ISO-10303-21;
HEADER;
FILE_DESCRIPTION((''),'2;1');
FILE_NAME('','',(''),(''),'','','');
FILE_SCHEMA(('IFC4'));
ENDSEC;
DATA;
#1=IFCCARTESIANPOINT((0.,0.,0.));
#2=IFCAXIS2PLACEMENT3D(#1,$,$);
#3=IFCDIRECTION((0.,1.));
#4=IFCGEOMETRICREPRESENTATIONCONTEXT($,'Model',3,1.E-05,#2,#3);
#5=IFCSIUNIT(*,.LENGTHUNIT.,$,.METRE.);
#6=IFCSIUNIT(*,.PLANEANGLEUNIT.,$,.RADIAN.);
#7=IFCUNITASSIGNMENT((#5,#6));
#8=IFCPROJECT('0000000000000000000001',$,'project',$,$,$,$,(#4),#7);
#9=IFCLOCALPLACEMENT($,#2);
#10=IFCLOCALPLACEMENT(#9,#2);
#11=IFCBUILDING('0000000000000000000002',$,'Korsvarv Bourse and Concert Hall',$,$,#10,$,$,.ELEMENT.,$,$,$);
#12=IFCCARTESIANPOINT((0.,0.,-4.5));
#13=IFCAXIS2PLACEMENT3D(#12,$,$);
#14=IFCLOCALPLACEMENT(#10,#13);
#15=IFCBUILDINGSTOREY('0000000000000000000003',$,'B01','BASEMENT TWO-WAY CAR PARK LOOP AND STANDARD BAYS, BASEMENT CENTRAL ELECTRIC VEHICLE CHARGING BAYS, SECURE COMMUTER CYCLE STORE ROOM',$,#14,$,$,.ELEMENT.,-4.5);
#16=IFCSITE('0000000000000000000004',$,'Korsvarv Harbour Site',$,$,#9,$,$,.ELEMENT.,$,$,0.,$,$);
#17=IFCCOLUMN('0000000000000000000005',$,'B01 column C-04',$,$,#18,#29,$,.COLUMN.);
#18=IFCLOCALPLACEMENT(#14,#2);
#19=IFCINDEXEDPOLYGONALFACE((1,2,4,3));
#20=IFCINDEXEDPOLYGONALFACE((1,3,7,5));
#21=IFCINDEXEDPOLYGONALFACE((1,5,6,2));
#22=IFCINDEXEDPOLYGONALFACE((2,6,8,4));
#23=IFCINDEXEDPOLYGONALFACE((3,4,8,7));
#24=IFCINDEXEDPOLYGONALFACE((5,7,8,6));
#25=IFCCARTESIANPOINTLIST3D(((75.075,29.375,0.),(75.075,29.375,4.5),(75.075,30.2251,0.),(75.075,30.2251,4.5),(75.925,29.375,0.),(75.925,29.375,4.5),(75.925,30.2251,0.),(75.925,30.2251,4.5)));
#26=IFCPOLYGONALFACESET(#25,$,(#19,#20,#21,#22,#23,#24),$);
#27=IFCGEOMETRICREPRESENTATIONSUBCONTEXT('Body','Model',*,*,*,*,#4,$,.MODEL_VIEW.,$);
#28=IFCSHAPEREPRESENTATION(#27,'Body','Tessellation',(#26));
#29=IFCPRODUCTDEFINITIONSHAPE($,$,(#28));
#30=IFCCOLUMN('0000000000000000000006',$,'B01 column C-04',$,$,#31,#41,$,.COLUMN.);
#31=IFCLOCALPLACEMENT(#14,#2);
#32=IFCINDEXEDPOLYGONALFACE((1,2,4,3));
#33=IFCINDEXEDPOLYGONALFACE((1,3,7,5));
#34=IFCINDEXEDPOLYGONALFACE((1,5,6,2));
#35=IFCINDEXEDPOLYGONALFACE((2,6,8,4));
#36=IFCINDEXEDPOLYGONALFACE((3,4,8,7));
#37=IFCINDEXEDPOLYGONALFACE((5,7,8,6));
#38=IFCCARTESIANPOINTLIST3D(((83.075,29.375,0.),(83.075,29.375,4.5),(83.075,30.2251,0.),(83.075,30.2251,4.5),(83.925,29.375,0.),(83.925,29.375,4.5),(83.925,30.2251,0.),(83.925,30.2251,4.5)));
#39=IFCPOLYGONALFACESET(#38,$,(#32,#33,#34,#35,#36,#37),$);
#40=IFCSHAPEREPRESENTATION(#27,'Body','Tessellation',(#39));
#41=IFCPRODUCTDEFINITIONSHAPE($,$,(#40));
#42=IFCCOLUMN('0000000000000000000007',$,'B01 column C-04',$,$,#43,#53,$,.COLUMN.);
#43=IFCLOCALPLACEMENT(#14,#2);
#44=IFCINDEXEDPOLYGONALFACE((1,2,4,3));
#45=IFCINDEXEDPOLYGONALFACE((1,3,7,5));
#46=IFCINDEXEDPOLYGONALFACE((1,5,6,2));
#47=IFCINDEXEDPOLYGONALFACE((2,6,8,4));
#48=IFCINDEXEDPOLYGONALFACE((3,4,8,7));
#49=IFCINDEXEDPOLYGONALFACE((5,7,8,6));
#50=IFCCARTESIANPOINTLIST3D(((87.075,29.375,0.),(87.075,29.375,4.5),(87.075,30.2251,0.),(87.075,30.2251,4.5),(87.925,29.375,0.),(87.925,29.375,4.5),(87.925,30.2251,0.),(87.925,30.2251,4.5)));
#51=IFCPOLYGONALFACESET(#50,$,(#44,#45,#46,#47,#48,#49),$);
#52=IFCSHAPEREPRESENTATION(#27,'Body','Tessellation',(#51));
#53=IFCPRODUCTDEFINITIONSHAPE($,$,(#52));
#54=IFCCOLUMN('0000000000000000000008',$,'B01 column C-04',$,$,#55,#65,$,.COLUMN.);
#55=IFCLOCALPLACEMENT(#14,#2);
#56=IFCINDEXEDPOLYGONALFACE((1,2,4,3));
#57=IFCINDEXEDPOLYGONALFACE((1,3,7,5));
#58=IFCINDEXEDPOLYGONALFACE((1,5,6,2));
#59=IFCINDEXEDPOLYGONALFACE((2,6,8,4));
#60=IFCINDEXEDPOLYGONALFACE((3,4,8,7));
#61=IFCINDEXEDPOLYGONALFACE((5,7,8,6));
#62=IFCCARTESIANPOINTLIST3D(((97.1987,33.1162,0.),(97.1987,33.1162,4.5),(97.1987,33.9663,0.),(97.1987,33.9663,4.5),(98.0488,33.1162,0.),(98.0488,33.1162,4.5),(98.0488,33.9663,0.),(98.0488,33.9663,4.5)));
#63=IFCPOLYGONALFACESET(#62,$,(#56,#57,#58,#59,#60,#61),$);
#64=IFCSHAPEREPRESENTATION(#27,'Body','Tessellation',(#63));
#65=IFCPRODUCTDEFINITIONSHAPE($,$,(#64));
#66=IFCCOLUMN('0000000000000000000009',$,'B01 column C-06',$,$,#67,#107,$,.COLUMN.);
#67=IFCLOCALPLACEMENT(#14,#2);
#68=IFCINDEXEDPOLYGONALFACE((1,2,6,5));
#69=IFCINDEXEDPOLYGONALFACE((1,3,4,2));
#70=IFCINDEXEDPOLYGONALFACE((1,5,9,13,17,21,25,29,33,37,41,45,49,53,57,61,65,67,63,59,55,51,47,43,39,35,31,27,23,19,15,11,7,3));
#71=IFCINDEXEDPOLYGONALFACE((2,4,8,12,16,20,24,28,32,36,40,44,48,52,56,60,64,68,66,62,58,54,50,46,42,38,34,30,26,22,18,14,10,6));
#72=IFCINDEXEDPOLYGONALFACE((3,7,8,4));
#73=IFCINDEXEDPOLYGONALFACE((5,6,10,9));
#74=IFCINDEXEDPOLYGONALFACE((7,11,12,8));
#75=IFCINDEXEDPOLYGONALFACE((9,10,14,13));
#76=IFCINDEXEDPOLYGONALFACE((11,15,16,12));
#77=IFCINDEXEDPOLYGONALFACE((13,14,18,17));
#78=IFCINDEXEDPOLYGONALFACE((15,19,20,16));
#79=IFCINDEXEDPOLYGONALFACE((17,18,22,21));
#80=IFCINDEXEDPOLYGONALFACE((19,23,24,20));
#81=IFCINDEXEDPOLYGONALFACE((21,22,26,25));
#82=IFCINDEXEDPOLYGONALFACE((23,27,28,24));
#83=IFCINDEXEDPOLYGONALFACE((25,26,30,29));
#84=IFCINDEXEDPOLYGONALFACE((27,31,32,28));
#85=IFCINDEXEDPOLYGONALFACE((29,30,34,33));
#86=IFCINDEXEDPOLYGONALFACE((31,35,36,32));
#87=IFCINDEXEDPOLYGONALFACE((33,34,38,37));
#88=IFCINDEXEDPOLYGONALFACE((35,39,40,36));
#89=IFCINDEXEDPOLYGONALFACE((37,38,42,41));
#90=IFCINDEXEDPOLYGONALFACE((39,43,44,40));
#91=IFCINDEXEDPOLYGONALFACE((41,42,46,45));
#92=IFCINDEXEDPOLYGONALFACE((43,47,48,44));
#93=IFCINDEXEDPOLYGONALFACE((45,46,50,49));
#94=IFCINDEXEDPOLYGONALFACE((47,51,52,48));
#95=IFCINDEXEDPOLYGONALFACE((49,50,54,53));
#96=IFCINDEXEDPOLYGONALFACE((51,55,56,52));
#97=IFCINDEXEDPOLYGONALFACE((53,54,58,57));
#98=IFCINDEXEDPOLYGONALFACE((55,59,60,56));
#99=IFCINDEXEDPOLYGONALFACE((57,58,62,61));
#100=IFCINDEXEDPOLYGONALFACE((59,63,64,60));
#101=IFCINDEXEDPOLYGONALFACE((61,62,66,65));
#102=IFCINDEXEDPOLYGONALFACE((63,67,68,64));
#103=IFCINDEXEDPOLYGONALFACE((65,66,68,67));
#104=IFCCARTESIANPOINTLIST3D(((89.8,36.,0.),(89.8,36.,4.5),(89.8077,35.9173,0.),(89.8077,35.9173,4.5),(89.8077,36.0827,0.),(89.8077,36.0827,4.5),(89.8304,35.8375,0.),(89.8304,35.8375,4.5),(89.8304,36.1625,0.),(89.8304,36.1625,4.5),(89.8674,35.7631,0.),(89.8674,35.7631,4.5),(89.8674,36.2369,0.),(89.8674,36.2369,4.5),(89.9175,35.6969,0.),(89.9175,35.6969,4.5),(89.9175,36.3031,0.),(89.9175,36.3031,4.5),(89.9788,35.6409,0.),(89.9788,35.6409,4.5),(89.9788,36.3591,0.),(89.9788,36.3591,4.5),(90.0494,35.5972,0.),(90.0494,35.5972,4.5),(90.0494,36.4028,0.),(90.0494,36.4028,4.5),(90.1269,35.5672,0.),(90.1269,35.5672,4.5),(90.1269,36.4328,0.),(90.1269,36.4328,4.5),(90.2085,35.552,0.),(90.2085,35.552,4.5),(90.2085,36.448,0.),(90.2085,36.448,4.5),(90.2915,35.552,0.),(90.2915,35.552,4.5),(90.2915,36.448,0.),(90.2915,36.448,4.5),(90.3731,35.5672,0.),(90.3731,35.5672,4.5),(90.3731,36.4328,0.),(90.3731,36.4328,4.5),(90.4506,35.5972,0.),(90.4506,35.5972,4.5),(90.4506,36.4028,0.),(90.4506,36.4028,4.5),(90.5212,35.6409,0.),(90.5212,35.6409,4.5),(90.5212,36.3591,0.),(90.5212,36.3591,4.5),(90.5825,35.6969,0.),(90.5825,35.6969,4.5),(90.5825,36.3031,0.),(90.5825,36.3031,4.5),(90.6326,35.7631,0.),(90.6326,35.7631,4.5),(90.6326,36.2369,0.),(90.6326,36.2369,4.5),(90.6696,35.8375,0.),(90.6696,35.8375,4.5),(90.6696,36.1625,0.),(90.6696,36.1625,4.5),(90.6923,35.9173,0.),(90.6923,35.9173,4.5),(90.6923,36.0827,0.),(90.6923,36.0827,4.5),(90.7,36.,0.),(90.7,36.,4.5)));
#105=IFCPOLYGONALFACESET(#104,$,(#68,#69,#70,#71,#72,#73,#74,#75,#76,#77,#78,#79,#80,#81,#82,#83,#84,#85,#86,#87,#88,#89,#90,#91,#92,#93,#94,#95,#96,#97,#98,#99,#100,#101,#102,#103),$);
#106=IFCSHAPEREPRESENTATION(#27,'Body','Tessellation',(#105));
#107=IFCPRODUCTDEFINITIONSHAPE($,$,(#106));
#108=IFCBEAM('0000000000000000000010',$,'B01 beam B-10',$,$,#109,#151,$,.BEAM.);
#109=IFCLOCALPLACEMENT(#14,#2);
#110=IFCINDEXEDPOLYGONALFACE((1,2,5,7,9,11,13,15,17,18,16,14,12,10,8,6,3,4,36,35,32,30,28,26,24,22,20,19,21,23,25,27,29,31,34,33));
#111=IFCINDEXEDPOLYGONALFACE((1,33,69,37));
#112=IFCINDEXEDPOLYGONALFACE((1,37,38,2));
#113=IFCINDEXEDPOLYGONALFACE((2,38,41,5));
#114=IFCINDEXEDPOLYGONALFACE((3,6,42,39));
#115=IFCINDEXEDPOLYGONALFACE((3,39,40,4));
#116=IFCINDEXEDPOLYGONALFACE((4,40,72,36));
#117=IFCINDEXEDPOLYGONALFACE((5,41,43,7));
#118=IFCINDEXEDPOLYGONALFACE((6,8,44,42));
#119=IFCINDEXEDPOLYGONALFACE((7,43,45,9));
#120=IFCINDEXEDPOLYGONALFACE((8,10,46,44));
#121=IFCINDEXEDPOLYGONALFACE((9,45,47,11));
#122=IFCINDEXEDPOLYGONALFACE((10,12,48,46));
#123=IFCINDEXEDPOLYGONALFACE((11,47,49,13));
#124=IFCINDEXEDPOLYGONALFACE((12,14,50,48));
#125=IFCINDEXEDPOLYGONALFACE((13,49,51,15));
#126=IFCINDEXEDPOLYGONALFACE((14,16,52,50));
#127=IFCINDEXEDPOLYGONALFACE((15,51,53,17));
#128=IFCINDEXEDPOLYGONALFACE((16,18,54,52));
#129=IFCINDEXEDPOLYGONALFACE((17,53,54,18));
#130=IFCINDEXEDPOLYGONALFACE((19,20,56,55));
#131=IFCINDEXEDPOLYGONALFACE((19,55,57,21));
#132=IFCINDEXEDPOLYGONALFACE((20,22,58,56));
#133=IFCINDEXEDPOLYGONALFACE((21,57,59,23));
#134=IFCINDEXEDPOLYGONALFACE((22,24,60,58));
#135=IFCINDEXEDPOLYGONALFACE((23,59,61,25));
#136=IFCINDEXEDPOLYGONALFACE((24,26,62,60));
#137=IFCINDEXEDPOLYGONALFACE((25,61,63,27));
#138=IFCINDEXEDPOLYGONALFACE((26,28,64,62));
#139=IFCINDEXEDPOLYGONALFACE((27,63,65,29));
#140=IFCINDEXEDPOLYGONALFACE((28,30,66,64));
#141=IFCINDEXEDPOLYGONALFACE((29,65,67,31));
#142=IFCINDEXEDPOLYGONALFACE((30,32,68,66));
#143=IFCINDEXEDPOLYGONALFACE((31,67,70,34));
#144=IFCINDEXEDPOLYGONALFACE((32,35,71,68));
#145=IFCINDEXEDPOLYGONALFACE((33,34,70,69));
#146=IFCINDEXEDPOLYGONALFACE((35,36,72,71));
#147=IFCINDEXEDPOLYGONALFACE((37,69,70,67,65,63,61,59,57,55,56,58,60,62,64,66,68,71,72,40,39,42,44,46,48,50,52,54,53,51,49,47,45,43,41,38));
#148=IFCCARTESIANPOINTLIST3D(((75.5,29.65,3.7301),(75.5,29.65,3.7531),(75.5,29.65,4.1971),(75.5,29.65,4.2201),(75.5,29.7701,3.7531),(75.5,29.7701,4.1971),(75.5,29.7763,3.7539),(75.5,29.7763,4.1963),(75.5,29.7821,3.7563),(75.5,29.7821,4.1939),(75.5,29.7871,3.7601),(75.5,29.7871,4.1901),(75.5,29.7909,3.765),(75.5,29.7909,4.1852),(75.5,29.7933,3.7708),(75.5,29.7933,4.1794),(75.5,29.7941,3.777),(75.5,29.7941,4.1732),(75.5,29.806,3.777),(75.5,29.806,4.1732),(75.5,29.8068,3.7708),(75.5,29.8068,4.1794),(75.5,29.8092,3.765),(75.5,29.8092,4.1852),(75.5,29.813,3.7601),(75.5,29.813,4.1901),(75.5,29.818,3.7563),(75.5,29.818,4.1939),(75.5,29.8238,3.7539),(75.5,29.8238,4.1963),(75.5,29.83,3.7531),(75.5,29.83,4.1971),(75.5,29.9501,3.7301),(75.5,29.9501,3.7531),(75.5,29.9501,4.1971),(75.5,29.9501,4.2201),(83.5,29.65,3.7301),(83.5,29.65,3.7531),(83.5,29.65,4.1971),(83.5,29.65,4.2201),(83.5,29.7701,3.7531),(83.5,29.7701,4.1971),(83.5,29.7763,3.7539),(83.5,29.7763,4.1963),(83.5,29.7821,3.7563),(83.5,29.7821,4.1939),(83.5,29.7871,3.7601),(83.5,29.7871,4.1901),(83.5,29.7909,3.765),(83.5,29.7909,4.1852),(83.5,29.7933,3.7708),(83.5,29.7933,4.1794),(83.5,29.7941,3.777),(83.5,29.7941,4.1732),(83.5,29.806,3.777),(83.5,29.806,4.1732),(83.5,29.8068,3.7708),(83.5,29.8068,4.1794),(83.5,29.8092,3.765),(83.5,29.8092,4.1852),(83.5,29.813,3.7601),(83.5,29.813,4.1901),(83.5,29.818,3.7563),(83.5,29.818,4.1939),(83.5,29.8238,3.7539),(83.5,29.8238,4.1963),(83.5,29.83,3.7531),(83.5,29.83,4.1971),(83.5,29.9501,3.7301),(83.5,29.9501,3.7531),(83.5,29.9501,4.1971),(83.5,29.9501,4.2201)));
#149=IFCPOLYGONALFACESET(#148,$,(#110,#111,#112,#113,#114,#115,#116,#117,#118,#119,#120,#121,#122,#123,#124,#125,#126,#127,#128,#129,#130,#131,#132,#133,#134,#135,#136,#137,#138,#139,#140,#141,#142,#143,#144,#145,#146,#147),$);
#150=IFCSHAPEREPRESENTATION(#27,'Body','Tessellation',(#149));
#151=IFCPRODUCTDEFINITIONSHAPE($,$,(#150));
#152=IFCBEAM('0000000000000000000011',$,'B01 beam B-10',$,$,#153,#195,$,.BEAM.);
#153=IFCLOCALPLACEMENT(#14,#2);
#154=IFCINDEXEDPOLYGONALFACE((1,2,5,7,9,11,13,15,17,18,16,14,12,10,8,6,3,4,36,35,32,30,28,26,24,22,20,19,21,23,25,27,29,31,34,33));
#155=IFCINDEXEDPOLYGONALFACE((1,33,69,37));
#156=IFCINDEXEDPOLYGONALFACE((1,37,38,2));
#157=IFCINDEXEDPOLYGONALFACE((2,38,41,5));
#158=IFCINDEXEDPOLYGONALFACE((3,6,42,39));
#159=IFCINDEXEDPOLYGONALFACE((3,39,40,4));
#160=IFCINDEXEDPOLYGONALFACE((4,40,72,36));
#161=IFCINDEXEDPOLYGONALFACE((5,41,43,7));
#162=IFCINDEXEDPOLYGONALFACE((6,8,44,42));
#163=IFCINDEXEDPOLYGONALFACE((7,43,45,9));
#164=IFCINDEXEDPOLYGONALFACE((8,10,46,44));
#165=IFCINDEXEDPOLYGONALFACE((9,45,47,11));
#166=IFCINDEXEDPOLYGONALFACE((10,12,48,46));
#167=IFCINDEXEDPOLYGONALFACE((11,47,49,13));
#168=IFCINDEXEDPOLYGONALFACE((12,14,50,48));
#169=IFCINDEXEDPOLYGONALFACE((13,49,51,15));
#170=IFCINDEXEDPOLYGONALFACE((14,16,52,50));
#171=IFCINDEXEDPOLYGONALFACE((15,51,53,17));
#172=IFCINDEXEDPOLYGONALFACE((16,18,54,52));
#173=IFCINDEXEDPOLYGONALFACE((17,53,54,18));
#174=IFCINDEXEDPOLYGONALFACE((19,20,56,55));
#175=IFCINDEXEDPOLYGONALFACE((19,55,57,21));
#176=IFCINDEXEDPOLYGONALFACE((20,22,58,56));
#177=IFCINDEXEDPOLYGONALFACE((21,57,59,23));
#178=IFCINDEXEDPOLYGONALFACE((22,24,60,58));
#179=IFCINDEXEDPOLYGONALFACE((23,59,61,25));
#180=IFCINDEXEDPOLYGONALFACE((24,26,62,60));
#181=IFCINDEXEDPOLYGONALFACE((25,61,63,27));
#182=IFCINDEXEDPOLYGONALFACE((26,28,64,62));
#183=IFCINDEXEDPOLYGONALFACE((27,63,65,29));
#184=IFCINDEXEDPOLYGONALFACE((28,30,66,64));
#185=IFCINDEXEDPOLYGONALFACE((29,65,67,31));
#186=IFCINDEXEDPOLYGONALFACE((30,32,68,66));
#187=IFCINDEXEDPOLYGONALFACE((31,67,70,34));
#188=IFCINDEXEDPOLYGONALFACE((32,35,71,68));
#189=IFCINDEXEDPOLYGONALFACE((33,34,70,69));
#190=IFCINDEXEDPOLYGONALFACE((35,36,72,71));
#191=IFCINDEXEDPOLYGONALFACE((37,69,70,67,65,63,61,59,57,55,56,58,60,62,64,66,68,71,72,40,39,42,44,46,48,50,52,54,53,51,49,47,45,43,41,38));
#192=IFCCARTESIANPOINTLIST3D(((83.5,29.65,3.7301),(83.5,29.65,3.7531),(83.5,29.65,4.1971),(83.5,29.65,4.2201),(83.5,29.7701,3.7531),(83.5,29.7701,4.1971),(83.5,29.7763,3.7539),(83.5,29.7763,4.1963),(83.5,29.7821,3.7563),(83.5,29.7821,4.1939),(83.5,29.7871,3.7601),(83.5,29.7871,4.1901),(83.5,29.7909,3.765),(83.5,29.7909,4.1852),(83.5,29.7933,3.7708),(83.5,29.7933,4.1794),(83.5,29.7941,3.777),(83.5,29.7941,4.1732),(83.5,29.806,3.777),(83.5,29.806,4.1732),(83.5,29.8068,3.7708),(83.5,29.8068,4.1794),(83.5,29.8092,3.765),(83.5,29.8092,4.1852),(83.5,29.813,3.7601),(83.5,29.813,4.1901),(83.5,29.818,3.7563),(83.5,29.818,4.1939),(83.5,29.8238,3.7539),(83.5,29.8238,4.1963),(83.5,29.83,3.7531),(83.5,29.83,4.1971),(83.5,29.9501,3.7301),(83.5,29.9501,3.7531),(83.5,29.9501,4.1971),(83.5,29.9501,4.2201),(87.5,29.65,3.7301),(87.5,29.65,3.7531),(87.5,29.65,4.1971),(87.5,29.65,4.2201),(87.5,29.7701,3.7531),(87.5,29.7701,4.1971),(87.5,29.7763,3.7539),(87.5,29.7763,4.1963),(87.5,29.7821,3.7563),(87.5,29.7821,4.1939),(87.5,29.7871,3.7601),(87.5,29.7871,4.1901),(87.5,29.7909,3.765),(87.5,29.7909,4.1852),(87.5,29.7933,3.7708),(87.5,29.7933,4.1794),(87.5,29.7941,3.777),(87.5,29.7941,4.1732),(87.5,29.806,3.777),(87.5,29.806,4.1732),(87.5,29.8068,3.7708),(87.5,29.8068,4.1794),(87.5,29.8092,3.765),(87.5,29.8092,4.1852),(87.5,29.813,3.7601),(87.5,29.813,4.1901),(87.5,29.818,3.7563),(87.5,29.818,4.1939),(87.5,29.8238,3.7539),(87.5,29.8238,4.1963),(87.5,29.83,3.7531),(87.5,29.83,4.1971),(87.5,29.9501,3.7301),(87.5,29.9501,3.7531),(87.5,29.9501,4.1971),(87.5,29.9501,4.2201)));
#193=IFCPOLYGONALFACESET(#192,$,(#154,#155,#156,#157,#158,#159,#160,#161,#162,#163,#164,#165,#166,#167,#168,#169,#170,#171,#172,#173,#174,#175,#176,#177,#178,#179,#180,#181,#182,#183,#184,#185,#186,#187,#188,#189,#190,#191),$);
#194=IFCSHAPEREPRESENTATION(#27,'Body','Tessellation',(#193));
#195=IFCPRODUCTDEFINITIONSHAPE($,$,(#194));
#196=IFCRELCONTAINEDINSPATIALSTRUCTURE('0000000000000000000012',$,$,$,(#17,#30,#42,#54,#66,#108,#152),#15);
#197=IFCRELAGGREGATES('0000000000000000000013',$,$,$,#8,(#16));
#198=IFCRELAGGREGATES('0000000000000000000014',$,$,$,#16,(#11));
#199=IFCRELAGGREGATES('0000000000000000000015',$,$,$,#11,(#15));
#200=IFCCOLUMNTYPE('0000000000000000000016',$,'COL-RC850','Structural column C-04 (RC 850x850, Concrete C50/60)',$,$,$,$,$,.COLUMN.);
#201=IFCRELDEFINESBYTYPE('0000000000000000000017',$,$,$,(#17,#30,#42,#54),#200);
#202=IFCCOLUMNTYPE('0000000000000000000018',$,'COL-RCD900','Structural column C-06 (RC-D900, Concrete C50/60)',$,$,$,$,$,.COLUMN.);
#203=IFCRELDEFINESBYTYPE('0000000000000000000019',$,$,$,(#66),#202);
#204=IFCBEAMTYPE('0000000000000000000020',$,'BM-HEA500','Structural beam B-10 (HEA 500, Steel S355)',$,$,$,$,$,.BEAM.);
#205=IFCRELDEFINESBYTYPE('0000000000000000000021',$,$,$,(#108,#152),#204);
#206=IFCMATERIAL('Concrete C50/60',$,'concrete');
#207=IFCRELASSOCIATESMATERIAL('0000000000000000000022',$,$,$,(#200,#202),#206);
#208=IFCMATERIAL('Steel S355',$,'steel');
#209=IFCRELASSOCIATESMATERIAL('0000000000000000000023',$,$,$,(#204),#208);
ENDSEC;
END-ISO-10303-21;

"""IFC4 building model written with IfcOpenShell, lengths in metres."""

from ifc_helpers import new_model, si_unit, direction, frame, origin, origin_2d, place, context, subcontext, project, spatial, rectangle, circle, i_section, extrude, source, transform, mapped, material, material_profile, profile_set, type_object, element, save


model = new_model("IFC4")

# Units and contexts
model_context = context("Model", 3, precision=1e-05, world=origin(), true_north=direction((0.0, 1.0)))
body_context = subcontext(model_context, "Body", "Model", "MODEL_VIEW")
ifc_project = project(units=[si_unit("LENGTHUNIT", "METRE"), si_unit("PLANEANGLEUNIT", "RADIAN")], contexts=[model_context])

# Site, building, storey
site_placement = place(None, origin())
site = spatial("IfcSite", under=ifc_project, at=site_placement, Name="Korsvarv Harbour Site", CompositionType="ELEMENT", RefElevation=0.0)
building_placement = place(site_placement, origin())
building = spatial("IfcBuilding", under=site, at=building_placement, Name="Korsvarv Bourse and Concert Hall", CompositionType="ELEMENT")
storey_placement = place(building_placement, frame((0.0, 0.0, -4.5)))
storey = spatial("IfcBuildingStorey", under=building, at=storey_placement, Name="B01", Description="BASEMENT TWO-WAY CAR PARK LOOP AND STANDARD BAYS, BASEMENT CENTRAL ELECTRIC VEHICLE CHARGING BAYS, SECURE COMMUTER CYCLE STORE ROOM", CompositionType="ELEMENT", Elevation=-4.5)

# Columns
ifc_material_1 = material(Name="Concrete C50/60", Category="concrete")
ifc_material_profile_1 = material_profile(ifc_material_1, rectangle(XDim=0.8501, YDim=0.8501, at=origin_2d()), Name="RC 850x850")
ifc_profile_set_1 = profile_set([ifc_material_profile_1], Name="Concrete C50/60")
column_type_1 = type_object("IfcColumnType", Name="COL-RC850", Description="Structural column C-04 (RC 850x850, Concrete C50/60)", PredefinedType="COLUMN", material=ifc_profile_set_1)
shared_shape_1 = source(origin(), body_context, "Body", "SweptSolid", [
    extrude(rectangle(XDim=0.8501, YDim=0.8501, at=origin_2d()), origin(), (0.0, 0.0, 1.0), 4.5),
])
for number, where, z_axis, x_axis, name in (
    (1, (75.5, 29.8, 0.0), (0.0, 0.0, 1.0), (1.0, 0.0, 0.0), "B01 column C-04"),
    (2, (83.5, 29.8, 0.0), (0.0, 0.0, 1.0), (1.0, 0.0, 0.0), "B01 column C-04"),
    (3, (87.5, 29.8, 0.0), (0.0, 0.0, 1.0), (1.0, 0.0, 0.0), "B01 column C-04"),
    (4, (97.6238, 33.5413, 0.0), (0.0, 0.0, 1.0), (1.0, 0.0, 0.0), "B01 column C-04"),
):
    element("IfcColumn", number, at=place(storey_placement, frame(where, z_axis=z_axis, x_axis=x_axis)), inside=storey, type_object=column_type_1, Name=name, PredefinedType="COLUMN", context=body_context, shape_type="MappedRepresentation", body=[
        mapped(shared_shape_1, transform((0.0, 0.0, 0.0), scale=1.0)),
    ])
ifc_material_profile_2 = material_profile(ifc_material_1, circle(Radius=0.45, at=origin_2d()), Name="RC-D900")
ifc_profile_set_2 = profile_set([ifc_material_profile_2], Name="Concrete C50/60")
column_type_2 = type_object("IfcColumnType", Name="COL-RCD900", Description="Structural column C-06 (RC-D900, Concrete C50/60)", PredefinedType="COLUMN", material=ifc_profile_set_2)
shared_shape_2 = source(origin(), body_context, "Body", "SweptSolid", [
    extrude(circle(Radius=0.45, at=origin_2d()), origin(), (0.0, 0.0, 1.0), 4.5),
])
column_placement = place(storey_placement, frame((90.25, 36.0, 0.0), z_axis=(0.0, 0.0, 1.0), x_axis=(1.0, 0.0, 0.0)))
element("IfcColumn", 5, at=column_placement, inside=storey, type_object=column_type_2, Name="B01 column C-06", PredefinedType="COLUMN", context=body_context, shape_type="MappedRepresentation", body=[
    mapped(shared_shape_2, transform((0.0, 0.0, 0.0), scale=1.0)),
])

# Beams
ifc_material_2 = material(Name="Steel S355", Category="steel")
ifc_material_profile_3 = material_profile(ifc_material_2, i_section(OverallWidth=0.3, OverallDepth=0.49, WebThickness=0.012, FlangeThickness=0.0229, FilletRadius=0.0239, at=origin_2d()), Name="HEA 500")
ifc_profile_set_3 = profile_set([ifc_material_profile_3], Name="Steel S355")
beam_type_1 = type_object("IfcBeamType", Name="BM-HEA500", Description="Structural beam B-10 (HEA 500, Steel S355)", PredefinedType="BEAM", material=ifc_profile_set_3)
shared_shape_3 = source(origin(), body_context, "Body", "SweptSolid", [
    extrude(i_section(OverallWidth=0.3, OverallDepth=0.49, WebThickness=0.012, FlangeThickness=0.0229, FilletRadius=0.0239, at=origin_2d()), origin(), (0.0, 0.0, 1.0), 8.0),
])
beam_1_placement = place(storey_placement, frame((75.5, 29.8, 3.9751), z_axis=(1.0, 0.0, 0.0), x_axis=(0.0, 1.0, 0.0)))
element("IfcBeam", 6, at=beam_1_placement, inside=storey, type_object=beam_type_1, Name="B01 beam B-10", PredefinedType="BEAM", context=body_context, shape_type="MappedRepresentation", body=[
    mapped(shared_shape_3, transform((0.0, 0.0, 0.0), scale=1.0)),
])
shared_shape_4 = source(origin(), body_context, "Body", "SweptSolid", [
    extrude(i_section(OverallWidth=0.3, OverallDepth=0.49, WebThickness=0.012, FlangeThickness=0.0229, FilletRadius=0.0239, at=origin_2d()), origin(), (0.0, 0.0, 1.0), 4.0),
])
beam_2_placement = place(storey_placement, frame((83.5, 29.8, 3.9751), z_axis=(1.0, 0.0, 0.0), x_axis=(0.0, 1.0, 0.0)))
element("IfcBeam", 7, at=beam_2_placement, inside=storey, type_object=beam_type_1, Name="B01 beam B-10", PredefinedType="BEAM", context=body_context, shape_type="MappedRepresentation", body=[
    mapped(shared_shape_4, transform((0.0, 0.0, 0.0), scale=1.0)),
])

save(model, "model.ifc")
